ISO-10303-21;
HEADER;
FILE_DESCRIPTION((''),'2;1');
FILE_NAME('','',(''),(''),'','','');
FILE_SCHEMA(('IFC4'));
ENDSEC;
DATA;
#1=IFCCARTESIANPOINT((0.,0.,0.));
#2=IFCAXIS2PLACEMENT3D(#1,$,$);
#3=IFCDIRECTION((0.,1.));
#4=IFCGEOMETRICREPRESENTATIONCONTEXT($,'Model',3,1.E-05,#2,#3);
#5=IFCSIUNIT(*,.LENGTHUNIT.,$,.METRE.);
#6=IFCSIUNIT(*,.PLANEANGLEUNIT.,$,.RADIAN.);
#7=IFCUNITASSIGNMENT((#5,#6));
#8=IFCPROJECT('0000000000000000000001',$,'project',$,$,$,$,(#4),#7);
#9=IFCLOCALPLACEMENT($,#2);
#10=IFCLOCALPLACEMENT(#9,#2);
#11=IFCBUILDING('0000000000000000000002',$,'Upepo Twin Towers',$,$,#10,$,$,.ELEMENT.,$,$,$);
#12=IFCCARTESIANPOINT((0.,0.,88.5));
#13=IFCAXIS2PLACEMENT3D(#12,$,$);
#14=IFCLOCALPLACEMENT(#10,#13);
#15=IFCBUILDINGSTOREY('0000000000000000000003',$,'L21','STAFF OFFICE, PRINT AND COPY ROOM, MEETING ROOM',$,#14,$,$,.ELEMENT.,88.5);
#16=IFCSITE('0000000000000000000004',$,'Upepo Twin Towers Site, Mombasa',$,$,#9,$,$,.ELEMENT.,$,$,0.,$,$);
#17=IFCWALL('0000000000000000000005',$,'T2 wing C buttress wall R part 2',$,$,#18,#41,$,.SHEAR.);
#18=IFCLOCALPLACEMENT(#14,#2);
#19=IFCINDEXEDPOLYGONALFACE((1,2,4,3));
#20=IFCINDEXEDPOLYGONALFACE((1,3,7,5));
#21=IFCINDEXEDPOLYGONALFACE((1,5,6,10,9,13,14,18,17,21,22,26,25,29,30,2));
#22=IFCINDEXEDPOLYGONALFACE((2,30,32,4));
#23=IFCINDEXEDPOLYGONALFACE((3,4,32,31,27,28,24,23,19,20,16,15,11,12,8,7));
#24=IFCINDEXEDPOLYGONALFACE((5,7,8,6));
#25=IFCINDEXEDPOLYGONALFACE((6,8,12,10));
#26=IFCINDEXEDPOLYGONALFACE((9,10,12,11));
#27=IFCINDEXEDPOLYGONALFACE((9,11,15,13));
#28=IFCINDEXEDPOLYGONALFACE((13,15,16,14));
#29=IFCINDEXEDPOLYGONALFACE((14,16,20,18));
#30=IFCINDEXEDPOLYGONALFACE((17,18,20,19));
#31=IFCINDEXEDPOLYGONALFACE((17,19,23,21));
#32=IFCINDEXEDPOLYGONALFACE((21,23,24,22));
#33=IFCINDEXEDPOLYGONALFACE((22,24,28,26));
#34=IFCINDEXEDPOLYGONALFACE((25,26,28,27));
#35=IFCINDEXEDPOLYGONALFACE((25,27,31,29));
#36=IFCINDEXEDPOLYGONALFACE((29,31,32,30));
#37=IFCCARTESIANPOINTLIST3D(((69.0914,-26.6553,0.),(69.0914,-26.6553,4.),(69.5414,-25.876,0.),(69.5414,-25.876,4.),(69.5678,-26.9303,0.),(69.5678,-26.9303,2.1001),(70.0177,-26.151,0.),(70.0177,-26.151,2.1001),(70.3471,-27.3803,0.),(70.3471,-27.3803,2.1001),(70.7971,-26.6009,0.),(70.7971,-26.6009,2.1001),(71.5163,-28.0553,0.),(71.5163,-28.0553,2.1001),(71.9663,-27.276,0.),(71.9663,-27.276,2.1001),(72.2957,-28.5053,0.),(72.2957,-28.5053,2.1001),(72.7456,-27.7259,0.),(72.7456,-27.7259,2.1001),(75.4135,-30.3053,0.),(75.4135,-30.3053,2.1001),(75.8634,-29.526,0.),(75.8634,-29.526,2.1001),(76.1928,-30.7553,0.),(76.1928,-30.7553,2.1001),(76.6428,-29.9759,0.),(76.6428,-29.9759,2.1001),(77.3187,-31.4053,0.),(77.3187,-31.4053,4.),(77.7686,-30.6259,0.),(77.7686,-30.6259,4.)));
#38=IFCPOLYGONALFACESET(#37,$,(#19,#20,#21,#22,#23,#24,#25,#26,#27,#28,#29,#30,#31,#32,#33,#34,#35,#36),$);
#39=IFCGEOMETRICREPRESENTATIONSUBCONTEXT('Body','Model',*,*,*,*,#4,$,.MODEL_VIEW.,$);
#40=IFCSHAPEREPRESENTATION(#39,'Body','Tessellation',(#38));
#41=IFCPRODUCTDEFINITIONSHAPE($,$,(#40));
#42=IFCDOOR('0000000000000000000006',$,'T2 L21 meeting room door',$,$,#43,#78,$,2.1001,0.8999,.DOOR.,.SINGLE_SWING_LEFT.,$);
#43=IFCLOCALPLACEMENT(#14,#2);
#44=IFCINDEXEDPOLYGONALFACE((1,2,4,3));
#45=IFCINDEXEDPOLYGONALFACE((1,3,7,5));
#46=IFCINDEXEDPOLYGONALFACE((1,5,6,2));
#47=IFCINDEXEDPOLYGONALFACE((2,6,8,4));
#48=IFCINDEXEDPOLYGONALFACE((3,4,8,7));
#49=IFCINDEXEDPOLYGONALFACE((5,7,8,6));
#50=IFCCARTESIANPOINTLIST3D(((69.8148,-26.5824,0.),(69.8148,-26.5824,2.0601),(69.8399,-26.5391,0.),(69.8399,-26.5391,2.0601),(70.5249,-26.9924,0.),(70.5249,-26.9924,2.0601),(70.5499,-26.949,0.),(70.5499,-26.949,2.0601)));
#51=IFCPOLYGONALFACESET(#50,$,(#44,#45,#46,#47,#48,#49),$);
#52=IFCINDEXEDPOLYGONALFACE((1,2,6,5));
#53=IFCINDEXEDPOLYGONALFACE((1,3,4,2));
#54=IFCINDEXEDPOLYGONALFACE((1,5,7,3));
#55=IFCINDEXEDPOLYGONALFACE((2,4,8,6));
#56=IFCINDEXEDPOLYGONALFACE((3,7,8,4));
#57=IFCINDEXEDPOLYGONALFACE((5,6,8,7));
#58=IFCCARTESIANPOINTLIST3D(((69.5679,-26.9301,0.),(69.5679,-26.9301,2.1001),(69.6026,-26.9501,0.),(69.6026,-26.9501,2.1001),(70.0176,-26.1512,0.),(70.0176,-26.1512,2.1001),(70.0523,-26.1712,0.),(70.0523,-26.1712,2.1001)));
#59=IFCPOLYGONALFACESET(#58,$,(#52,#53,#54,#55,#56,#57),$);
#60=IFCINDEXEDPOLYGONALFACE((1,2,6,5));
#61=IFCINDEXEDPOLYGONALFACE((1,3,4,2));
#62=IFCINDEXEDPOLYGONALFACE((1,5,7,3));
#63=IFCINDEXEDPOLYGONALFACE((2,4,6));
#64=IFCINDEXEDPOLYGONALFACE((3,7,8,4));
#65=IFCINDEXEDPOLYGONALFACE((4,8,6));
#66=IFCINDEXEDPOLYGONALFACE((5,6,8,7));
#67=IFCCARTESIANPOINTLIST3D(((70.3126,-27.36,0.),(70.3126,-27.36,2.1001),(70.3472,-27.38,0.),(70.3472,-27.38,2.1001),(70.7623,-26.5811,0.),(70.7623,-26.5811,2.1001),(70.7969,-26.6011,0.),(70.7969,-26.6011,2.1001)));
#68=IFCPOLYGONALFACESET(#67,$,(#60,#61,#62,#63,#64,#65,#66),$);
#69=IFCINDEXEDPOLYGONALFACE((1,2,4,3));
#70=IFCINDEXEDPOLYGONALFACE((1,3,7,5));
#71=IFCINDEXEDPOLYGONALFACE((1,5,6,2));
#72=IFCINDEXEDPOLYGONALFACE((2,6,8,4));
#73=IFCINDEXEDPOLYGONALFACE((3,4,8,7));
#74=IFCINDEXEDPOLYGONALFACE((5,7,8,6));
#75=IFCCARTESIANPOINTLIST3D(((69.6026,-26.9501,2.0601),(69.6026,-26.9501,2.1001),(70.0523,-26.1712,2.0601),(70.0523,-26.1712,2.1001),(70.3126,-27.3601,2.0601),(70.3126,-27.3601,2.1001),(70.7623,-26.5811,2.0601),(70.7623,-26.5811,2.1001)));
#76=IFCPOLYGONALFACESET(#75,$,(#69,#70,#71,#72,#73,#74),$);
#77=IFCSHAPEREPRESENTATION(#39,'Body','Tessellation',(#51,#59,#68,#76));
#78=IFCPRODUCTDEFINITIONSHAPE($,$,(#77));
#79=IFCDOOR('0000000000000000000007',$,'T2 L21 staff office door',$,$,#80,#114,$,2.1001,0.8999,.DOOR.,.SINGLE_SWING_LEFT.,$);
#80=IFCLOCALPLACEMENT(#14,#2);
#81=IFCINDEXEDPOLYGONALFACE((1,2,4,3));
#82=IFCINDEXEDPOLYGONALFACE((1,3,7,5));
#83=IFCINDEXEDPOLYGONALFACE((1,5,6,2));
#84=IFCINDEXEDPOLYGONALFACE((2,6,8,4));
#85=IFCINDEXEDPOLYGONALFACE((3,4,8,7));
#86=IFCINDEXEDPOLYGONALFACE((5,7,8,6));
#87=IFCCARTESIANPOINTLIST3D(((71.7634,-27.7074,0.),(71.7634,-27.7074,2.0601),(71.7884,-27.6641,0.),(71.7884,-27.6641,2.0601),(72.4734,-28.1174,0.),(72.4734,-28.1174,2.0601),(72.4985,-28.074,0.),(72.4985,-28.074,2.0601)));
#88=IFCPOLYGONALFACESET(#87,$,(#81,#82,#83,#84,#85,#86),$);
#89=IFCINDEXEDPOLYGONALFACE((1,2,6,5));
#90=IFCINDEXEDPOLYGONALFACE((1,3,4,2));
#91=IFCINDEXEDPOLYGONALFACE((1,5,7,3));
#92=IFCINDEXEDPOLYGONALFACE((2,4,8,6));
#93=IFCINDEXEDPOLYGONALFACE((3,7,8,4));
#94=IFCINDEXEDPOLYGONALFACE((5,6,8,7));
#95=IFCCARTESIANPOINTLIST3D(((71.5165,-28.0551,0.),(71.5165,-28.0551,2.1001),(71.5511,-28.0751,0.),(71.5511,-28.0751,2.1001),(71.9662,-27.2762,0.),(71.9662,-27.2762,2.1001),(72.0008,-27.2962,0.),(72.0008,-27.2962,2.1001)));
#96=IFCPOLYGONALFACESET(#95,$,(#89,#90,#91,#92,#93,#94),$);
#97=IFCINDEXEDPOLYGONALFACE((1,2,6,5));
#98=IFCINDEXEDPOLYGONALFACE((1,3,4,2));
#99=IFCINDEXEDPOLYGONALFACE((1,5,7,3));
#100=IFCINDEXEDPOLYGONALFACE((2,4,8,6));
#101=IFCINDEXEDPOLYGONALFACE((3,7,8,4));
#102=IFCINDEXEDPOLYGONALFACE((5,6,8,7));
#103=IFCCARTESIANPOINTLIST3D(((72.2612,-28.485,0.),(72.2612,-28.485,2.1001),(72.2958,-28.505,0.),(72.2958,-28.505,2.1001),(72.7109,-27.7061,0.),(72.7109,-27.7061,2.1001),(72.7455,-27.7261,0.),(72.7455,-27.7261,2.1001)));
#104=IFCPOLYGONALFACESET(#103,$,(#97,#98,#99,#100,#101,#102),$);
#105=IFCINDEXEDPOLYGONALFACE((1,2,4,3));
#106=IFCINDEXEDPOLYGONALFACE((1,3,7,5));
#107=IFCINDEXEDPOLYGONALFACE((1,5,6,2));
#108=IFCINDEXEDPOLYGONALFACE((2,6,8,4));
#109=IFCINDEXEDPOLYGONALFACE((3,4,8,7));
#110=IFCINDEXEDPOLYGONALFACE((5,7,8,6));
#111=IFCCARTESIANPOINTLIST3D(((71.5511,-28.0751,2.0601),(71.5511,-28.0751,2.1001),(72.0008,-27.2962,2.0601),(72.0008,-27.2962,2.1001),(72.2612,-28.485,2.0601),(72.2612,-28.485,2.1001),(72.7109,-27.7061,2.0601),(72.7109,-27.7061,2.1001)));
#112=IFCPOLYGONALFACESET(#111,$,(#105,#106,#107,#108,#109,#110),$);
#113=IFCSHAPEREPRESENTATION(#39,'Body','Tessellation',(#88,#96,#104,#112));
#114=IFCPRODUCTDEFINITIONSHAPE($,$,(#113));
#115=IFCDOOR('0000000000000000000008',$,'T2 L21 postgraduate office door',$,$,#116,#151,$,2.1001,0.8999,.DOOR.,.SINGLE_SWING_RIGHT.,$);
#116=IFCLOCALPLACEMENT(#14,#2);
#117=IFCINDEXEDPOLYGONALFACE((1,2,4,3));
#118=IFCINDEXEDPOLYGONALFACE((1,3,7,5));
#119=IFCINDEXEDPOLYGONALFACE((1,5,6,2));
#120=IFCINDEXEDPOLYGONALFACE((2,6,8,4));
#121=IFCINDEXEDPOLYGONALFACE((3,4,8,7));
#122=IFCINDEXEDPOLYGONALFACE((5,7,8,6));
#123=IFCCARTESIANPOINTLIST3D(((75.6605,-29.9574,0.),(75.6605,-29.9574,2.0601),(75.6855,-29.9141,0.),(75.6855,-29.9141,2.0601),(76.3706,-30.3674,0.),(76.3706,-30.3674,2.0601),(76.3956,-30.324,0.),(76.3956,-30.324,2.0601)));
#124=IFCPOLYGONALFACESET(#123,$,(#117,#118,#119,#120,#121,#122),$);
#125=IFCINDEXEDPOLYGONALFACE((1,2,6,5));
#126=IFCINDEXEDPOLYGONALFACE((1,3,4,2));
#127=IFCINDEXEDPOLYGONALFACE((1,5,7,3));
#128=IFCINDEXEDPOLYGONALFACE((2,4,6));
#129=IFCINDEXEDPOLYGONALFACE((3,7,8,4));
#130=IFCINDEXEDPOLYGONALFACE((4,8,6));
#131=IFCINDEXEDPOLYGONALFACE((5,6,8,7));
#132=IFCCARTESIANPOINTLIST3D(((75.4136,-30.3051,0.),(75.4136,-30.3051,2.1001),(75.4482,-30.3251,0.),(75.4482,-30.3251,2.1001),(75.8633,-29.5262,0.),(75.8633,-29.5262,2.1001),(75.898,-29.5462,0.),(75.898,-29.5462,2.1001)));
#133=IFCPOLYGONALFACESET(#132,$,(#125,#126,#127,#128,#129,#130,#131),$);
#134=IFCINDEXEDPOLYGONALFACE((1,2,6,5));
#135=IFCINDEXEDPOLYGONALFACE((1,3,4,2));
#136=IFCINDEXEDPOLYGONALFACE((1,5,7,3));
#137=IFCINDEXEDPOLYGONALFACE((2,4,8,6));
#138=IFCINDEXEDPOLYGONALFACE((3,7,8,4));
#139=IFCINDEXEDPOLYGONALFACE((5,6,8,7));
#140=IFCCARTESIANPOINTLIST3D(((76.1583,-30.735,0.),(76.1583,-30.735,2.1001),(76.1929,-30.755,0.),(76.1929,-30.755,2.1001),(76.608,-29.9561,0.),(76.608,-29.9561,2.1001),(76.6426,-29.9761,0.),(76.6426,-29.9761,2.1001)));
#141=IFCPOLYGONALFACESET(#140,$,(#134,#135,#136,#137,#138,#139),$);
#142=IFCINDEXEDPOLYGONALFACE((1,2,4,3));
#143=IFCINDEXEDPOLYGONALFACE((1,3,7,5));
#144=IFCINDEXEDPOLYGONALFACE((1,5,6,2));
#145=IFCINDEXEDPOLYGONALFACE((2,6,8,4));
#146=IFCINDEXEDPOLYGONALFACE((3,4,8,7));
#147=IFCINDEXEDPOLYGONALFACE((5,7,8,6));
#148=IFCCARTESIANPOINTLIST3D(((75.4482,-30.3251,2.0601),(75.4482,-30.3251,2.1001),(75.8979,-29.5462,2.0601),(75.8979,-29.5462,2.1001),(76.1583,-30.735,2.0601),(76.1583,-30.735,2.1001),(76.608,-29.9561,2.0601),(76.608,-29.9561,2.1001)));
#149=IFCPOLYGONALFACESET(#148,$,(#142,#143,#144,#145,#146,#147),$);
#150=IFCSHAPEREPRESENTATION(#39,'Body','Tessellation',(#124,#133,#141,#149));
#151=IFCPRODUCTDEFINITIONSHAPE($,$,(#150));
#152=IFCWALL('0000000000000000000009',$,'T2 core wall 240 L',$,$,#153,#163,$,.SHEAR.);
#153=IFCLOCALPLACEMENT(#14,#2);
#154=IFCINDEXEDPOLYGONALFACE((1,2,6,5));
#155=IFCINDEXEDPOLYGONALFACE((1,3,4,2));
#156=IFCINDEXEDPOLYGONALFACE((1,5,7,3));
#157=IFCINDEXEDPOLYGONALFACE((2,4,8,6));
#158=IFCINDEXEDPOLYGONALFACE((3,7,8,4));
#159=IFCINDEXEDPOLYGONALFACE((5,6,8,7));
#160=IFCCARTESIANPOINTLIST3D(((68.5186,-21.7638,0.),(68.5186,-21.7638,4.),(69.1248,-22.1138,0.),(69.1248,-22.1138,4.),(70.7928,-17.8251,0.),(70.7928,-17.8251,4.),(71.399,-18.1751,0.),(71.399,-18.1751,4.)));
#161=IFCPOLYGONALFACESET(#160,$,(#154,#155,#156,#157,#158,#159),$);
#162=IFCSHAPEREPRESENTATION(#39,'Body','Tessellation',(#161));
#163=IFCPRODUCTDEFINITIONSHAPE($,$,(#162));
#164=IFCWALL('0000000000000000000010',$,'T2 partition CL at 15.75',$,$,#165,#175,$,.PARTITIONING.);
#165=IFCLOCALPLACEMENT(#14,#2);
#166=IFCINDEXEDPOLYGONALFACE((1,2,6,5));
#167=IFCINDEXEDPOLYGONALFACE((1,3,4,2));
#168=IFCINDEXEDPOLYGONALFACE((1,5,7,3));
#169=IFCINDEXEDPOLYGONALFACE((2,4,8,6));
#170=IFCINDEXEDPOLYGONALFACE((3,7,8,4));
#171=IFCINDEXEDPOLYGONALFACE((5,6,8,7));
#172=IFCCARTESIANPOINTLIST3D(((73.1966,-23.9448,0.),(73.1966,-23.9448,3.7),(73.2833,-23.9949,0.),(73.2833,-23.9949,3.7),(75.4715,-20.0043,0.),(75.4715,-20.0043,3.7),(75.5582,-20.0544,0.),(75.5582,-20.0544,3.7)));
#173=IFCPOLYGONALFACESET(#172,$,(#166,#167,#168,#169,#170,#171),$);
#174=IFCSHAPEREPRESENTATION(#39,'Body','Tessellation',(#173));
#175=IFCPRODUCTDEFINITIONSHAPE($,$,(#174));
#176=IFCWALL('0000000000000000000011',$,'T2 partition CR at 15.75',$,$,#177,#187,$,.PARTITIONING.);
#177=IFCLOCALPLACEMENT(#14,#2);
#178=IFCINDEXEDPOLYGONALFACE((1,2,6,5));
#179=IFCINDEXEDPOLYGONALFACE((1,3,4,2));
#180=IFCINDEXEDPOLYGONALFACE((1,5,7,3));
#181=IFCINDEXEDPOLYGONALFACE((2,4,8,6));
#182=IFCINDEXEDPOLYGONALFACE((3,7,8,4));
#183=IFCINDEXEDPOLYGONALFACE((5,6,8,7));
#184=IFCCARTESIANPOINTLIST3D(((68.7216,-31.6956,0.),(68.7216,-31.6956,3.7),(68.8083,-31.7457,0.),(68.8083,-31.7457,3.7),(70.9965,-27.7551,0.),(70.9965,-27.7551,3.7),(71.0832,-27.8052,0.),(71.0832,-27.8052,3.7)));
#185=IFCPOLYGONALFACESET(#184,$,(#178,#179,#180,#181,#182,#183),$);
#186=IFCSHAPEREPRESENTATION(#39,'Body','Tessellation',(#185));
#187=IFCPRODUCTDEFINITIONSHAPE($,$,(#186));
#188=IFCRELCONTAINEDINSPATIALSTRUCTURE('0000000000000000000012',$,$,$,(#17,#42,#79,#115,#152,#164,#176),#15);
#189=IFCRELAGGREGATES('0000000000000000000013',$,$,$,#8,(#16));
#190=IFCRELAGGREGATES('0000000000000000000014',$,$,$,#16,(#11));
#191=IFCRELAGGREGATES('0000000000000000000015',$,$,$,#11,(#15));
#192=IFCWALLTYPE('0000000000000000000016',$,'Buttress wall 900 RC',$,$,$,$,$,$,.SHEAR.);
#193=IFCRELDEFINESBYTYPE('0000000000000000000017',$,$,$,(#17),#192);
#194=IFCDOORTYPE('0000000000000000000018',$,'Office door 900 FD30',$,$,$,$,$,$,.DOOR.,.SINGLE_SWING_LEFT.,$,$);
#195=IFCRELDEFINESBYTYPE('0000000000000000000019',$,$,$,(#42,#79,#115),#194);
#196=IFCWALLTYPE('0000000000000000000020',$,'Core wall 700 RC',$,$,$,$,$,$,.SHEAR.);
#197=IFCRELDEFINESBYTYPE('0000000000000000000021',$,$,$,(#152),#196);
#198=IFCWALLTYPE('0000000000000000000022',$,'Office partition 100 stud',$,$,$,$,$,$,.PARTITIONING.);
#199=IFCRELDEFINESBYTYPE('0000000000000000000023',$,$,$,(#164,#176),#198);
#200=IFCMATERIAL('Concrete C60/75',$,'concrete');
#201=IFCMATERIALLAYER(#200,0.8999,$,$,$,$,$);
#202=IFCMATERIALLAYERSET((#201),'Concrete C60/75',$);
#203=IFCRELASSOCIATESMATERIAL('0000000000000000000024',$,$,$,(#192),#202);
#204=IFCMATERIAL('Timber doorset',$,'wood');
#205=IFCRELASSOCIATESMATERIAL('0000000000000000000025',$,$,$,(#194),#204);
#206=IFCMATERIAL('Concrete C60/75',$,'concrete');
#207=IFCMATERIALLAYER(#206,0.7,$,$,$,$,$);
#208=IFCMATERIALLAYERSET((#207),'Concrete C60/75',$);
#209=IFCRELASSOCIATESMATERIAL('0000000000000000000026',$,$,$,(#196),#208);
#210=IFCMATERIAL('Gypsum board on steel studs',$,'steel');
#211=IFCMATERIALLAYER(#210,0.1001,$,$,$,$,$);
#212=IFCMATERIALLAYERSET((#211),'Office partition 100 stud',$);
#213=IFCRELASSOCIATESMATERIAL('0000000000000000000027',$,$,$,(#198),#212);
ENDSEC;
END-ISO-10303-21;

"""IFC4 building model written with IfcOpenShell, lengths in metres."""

from ifc_helpers import new_model, si_unit, direction, frame, frame_2d, origin, place, context, subcontext, project, spatial, rectangle, extrude, material, layer, layer_set, type_object, element, fill, save


model = new_model("IFC4")

# Units and contexts
model_context = context("Model", 3, precision=1e-05, world=origin(), true_north=direction((0.0, 1.0)))
body_context = subcontext(model_context, "Body", "Model", "MODEL_VIEW")
ifc_project = project(units=[si_unit("LENGTHUNIT", "METRE"), si_unit("PLANEANGLEUNIT", "RADIAN")], contexts=[model_context])

# Site, building, storey
site_placement = place(None, origin())
site = spatial("IfcSite", under=ifc_project, at=site_placement, Name="Upepo Twin Towers Site, Mombasa", CompositionType="ELEMENT", RefElevation=0.0)
building_placement = place(site_placement, origin())
building = spatial("IfcBuilding", under=site, at=building_placement, Name="Upepo Twin Towers", CompositionType="ELEMENT")
storey_placement = place(building_placement, frame((0.0, 0.0, 88.5)))
storey = spatial("IfcBuildingStorey", under=building, at=storey_placement, Name="L21", Description="STAFF OFFICE, PRINT AND COPY ROOM, MEETING ROOM", CompositionType="ELEMENT", Elevation=88.5)

# Wall, openings, doors
ifc_material_1 = material(Name="Concrete C60/75", Category="concrete")
ifc_layer_1 = layer(ifc_material_1, 0.8999)
ifc_layer_set_1 = layer_set([ifc_layer_1], Name="Concrete C60/75")
wall_type_1 = type_object("IfcWallType", Name="Buttress wall 900 RC", PredefinedType="SHEAR", material=ifc_layer_set_1)
ifc_material_2 = material(Name="Timber doorset", Category="wood")
door_type = type_object("IfcDoorType", Name="Office door 900 FD30", OperationType="SINGLE_SWING_LEFT", PredefinedType="DOOR", material=ifc_material_2)
wall_1_placement = place(storey_placement, frame((69.3164, -26.2656, 0.0), z_axis=(0.0, 0.0, 1.0), x_axis=(0.866027, -0.499998, 0.0)))
wall_1 = element("IfcWall", 1, at=wall_1_placement, inside=storey, type_object=wall_type_1, Name="T2 wing C buttress wall R part 2", PredefinedType="SHEAR", context=body_context, shape_type="SweptSolid", body=[
    extrude(rectangle(XDim=9.5, YDim=0.8999, at=frame_2d((4.75, 0.0))), origin(), (0.0, 0.0, 1.0), 4.0),
])
opening_1_placement = place(wall_1_placement, frame((0.55, 0.0, 0.0)))
opening_1 = element("IfcOpeningElement", 2, at=opening_1_placement, cuts=wall_1, PredefinedType="OPENING", context=body_context, shape_type="SweptSolid", body=[
    extrude(rectangle(XDim=0.8999, YDim=2.1001, at=frame_2d((0.45, 1.05))), frame((0.0, 0.46, 0.0), z_axis=(0.0, -1.0, 0.0), x_axis=(1.0, 0.0, 0.0)), (0.0, 0.0, 1.0), 0.9199),
])
opening_2_placement = place(wall_1_placement, frame((2.8, 0.0, 0.0)))
opening_2 = element("IfcOpeningElement", 3, at=opening_2_placement, cuts=wall_1, PredefinedType="OPENING", context=body_context, shape_type="SweptSolid", body=[
    extrude(rectangle(XDim=0.8999, YDim=2.1001, at=frame_2d((0.45, 1.05))), frame((0.0, 0.46, 0.0), z_axis=(0.0, -1.0, 0.0), x_axis=(1.0, 0.0, 0.0)), (0.0, 0.0, 1.0), 0.9199),
])
opening_3_placement = place(wall_1_placement, frame((7.3, 0.0, 0.0)))
opening_3 = element("IfcOpeningElement", 4, at=opening_3_placement, cuts=wall_1, PredefinedType="OPENING", context=body_context, shape_type="SweptSolid", body=[
    extrude(rectangle(XDim=0.8999, YDim=2.1001, at=frame_2d((0.45, 1.05))), frame((0.0, 0.46, 0.0), z_axis=(0.0, -1.0, 0.0), x_axis=(1.0, 0.0, 0.0)), (0.0, 0.0, 1.0), 0.9199),
])
door_1_placement = place(opening_1_placement, origin())
door_1 = element("IfcDoor", 5, at=door_1_placement, inside=storey, type_object=door_type, Name="T2 L21 meeting room door", OperationType="SINGLE_SWING_LEFT", OverallHeight=2.1001, OverallWidth=0.8999, PredefinedType="DOOR", context=body_context, shape_type="SweptSolid", body=[
    extrude(rectangle(XDim=0.8199, YDim=2.0601, at=frame_2d((0.45, 1.03))), frame((0.0, 0.0249, 0.0), z_axis=(0.0, -1.0, 0.0), x_axis=(1.0, 0.0, 0.0)), (0.0, 0.0, 1.0), 0.05),
    extrude(rectangle(XDim=0.04, YDim=2.1001, at=frame_2d((0.02, 1.05))), frame((0.0, 0.4497, 0.0), z_axis=(0.0, -1.0, 0.0), x_axis=(1.0, 0.0, 0.0)), (0.0, 0.0, 1.0), 0.8994),
    extrude(rectangle(XDim=0.04, YDim=2.1001, at=frame_2d((0.8799, 1.05))), frame((0.0, 0.4497, 0.0), z_axis=(0.0, -1.0, 0.0), x_axis=(1.0, 0.0, 0.0)), (0.0, 0.0, 1.0), 0.8994),
    extrude(rectangle(XDim=0.8199, YDim=0.04, at=frame_2d((0.45, 2.0801))), frame((0.0, 0.4497, 0.0), z_axis=(0.0, -1.0, 0.0), x_axis=(1.0, 0.0, 0.0)), (0.0, 0.0, 1.0), 0.8994),
])
fill(opening_1, door_1)
door_2_placement = place(opening_2_placement, origin())
door_2 = element("IfcDoor", 6, at=door_2_placement, inside=storey, type_object=door_type, Name="T2 L21 staff office door", OperationType="SINGLE_SWING_LEFT", OverallHeight=2.1001, OverallWidth=0.8999, PredefinedType="DOOR", context=body_context, shape_type="SweptSolid", body=[
    extrude(rectangle(XDim=0.8199, YDim=2.0601, at=frame_2d((0.45, 1.03))), frame((0.0, 0.0249, 0.0), z_axis=(0.0, -1.0, 0.0), x_axis=(1.0, 0.0, 0.0)), (0.0, 0.0, 1.0), 0.05),
    extrude(rectangle(XDim=0.04, YDim=2.1001, at=frame_2d((0.02, 1.05))), frame((0.0, 0.4497, 0.0), z_axis=(0.0, -1.0, 0.0), x_axis=(1.0, 0.0, 0.0)), (0.0, 0.0, 1.0), 0.8994),
    extrude(rectangle(XDim=0.04, YDim=2.1001, at=frame_2d((0.8799, 1.05))), frame((0.0, 0.4497, 0.0), z_axis=(0.0, -1.0, 0.0), x_axis=(1.0, 0.0, 0.0)), (0.0, 0.0, 1.0), 0.8994),
    extrude(rectangle(XDim=0.8199, YDim=0.04, at=frame_2d((0.45, 2.0801))), frame((0.0, 0.4497, 0.0), z_axis=(0.0, -1.0, 0.0), x_axis=(1.0, 0.0, 0.0)), (0.0, 0.0, 1.0), 0.8994),
])
fill(opening_2, door_2)
door_3_placement = place(opening_3_placement, origin())
door_3 = element("IfcDoor", 7, at=door_3_placement, inside=storey, type_object=door_type, Name="T2 L21 postgraduate office door", OperationType="SINGLE_SWING_RIGHT", OverallHeight=2.1001, OverallWidth=0.8999, PredefinedType="DOOR", context=body_context, shape_type="SweptSolid", body=[
    extrude(rectangle(XDim=0.8199, YDim=2.0601, at=frame_2d((0.45, 1.03))), frame((0.0, 0.0249, 0.0), z_axis=(0.0, -1.0, 0.0), x_axis=(1.0, 0.0, 0.0)), (0.0, 0.0, 1.0), 0.05),
    extrude(rectangle(XDim=0.04, YDim=2.1001, at=frame_2d((0.02, 1.05))), frame((0.0, 0.4497, 0.0), z_axis=(0.0, -1.0, 0.0), x_axis=(1.0, 0.0, 0.0)), (0.0, 0.0, 1.0), 0.8994),
    extrude(rectangle(XDim=0.04, YDim=2.1001, at=frame_2d((0.8799, 1.05))), frame((0.0, 0.4497, 0.0), z_axis=(0.0, -1.0, 0.0), x_axis=(1.0, 0.0, 0.0)), (0.0, 0.0, 1.0), 0.8994),
    extrude(rectangle(XDim=0.8199, YDim=0.04, at=frame_2d((0.45, 2.0801))), frame((0.0, 0.4497, 0.0), z_axis=(0.0, -1.0, 0.0), x_axis=(1.0, 0.0, 0.0)), (0.0, 0.0, 1.0), 0.8994),
])
fill(opening_3, door_3)

# Walls
ifc_material_3 = material(Name="Concrete C60/75", Category="concrete")
ifc_layer_2 = layer(ifc_material_3, 0.7)
ifc_layer_set_2 = layer_set([ifc_layer_2], Name="Concrete C60/75")
wall_type_2 = type_object("IfcWallType", Name="Core wall 700 RC", PredefinedType="SHEAR", material=ifc_layer_set_2)
wall_2_placement = place(storey_placement, frame((68.8218, -21.9387, 0.0), z_axis=(0.0, 0.0, 1.0), x_axis=(0.500024, 0.866011, 0.0)))
element("IfcWall", 8, at=wall_2_placement, inside=storey, type_object=wall_type_2, Name="T2 core wall 240 L", PredefinedType="SHEAR", context=body_context, shape_type="SweptSolid", body=[
    extrude(rectangle(XDim=4.5481, YDim=0.7, at=frame_2d((2.2739, 0.0))), origin(), (0.0, 0.0, 1.0), 4.0),
])
ifc_material_4 = material(Name="Gypsum board on steel studs", Category="steel")
ifc_layer_3 = layer(ifc_material_4, 0.1001)
ifc_layer_set_3 = layer_set([ifc_layer_3], Name="Office partition 100 stud")
wall_type_3 = type_object("IfcWallType", Name="Office partition 100 stud", PredefinedType="PARTITIONING", material=ifc_layer_set_3)
for number, where, z_axis, x_axis, name in (
    (9, (73.24, -23.9697, 0.0), (0.0, 0.0, 1.0), (0.499983, 0.866035, 0.0), "T2 partition CL at 15.75"),
    (10, (71.0398, -27.7803, 0.0), (0.0, 0.0, 1.0), (-0.499983, -0.866035, 0.0), "T2 partition CR at 15.75"),
):
    element("IfcWall", number, at=place(storey_placement, frame(where, z_axis=z_axis, x_axis=x_axis)), inside=storey, type_object=wall_type_3, Name=name, PredefinedType="PARTITIONING", context=body_context, shape_type="SweptSolid", body=[
        extrude(rectangle(XDim=4.55, YDim=0.1001, at=frame_2d((2.2749, 0.0))), origin(), (0.0, 0.0, 1.0), 3.7),
    ])

save(model, "model.ifc")
